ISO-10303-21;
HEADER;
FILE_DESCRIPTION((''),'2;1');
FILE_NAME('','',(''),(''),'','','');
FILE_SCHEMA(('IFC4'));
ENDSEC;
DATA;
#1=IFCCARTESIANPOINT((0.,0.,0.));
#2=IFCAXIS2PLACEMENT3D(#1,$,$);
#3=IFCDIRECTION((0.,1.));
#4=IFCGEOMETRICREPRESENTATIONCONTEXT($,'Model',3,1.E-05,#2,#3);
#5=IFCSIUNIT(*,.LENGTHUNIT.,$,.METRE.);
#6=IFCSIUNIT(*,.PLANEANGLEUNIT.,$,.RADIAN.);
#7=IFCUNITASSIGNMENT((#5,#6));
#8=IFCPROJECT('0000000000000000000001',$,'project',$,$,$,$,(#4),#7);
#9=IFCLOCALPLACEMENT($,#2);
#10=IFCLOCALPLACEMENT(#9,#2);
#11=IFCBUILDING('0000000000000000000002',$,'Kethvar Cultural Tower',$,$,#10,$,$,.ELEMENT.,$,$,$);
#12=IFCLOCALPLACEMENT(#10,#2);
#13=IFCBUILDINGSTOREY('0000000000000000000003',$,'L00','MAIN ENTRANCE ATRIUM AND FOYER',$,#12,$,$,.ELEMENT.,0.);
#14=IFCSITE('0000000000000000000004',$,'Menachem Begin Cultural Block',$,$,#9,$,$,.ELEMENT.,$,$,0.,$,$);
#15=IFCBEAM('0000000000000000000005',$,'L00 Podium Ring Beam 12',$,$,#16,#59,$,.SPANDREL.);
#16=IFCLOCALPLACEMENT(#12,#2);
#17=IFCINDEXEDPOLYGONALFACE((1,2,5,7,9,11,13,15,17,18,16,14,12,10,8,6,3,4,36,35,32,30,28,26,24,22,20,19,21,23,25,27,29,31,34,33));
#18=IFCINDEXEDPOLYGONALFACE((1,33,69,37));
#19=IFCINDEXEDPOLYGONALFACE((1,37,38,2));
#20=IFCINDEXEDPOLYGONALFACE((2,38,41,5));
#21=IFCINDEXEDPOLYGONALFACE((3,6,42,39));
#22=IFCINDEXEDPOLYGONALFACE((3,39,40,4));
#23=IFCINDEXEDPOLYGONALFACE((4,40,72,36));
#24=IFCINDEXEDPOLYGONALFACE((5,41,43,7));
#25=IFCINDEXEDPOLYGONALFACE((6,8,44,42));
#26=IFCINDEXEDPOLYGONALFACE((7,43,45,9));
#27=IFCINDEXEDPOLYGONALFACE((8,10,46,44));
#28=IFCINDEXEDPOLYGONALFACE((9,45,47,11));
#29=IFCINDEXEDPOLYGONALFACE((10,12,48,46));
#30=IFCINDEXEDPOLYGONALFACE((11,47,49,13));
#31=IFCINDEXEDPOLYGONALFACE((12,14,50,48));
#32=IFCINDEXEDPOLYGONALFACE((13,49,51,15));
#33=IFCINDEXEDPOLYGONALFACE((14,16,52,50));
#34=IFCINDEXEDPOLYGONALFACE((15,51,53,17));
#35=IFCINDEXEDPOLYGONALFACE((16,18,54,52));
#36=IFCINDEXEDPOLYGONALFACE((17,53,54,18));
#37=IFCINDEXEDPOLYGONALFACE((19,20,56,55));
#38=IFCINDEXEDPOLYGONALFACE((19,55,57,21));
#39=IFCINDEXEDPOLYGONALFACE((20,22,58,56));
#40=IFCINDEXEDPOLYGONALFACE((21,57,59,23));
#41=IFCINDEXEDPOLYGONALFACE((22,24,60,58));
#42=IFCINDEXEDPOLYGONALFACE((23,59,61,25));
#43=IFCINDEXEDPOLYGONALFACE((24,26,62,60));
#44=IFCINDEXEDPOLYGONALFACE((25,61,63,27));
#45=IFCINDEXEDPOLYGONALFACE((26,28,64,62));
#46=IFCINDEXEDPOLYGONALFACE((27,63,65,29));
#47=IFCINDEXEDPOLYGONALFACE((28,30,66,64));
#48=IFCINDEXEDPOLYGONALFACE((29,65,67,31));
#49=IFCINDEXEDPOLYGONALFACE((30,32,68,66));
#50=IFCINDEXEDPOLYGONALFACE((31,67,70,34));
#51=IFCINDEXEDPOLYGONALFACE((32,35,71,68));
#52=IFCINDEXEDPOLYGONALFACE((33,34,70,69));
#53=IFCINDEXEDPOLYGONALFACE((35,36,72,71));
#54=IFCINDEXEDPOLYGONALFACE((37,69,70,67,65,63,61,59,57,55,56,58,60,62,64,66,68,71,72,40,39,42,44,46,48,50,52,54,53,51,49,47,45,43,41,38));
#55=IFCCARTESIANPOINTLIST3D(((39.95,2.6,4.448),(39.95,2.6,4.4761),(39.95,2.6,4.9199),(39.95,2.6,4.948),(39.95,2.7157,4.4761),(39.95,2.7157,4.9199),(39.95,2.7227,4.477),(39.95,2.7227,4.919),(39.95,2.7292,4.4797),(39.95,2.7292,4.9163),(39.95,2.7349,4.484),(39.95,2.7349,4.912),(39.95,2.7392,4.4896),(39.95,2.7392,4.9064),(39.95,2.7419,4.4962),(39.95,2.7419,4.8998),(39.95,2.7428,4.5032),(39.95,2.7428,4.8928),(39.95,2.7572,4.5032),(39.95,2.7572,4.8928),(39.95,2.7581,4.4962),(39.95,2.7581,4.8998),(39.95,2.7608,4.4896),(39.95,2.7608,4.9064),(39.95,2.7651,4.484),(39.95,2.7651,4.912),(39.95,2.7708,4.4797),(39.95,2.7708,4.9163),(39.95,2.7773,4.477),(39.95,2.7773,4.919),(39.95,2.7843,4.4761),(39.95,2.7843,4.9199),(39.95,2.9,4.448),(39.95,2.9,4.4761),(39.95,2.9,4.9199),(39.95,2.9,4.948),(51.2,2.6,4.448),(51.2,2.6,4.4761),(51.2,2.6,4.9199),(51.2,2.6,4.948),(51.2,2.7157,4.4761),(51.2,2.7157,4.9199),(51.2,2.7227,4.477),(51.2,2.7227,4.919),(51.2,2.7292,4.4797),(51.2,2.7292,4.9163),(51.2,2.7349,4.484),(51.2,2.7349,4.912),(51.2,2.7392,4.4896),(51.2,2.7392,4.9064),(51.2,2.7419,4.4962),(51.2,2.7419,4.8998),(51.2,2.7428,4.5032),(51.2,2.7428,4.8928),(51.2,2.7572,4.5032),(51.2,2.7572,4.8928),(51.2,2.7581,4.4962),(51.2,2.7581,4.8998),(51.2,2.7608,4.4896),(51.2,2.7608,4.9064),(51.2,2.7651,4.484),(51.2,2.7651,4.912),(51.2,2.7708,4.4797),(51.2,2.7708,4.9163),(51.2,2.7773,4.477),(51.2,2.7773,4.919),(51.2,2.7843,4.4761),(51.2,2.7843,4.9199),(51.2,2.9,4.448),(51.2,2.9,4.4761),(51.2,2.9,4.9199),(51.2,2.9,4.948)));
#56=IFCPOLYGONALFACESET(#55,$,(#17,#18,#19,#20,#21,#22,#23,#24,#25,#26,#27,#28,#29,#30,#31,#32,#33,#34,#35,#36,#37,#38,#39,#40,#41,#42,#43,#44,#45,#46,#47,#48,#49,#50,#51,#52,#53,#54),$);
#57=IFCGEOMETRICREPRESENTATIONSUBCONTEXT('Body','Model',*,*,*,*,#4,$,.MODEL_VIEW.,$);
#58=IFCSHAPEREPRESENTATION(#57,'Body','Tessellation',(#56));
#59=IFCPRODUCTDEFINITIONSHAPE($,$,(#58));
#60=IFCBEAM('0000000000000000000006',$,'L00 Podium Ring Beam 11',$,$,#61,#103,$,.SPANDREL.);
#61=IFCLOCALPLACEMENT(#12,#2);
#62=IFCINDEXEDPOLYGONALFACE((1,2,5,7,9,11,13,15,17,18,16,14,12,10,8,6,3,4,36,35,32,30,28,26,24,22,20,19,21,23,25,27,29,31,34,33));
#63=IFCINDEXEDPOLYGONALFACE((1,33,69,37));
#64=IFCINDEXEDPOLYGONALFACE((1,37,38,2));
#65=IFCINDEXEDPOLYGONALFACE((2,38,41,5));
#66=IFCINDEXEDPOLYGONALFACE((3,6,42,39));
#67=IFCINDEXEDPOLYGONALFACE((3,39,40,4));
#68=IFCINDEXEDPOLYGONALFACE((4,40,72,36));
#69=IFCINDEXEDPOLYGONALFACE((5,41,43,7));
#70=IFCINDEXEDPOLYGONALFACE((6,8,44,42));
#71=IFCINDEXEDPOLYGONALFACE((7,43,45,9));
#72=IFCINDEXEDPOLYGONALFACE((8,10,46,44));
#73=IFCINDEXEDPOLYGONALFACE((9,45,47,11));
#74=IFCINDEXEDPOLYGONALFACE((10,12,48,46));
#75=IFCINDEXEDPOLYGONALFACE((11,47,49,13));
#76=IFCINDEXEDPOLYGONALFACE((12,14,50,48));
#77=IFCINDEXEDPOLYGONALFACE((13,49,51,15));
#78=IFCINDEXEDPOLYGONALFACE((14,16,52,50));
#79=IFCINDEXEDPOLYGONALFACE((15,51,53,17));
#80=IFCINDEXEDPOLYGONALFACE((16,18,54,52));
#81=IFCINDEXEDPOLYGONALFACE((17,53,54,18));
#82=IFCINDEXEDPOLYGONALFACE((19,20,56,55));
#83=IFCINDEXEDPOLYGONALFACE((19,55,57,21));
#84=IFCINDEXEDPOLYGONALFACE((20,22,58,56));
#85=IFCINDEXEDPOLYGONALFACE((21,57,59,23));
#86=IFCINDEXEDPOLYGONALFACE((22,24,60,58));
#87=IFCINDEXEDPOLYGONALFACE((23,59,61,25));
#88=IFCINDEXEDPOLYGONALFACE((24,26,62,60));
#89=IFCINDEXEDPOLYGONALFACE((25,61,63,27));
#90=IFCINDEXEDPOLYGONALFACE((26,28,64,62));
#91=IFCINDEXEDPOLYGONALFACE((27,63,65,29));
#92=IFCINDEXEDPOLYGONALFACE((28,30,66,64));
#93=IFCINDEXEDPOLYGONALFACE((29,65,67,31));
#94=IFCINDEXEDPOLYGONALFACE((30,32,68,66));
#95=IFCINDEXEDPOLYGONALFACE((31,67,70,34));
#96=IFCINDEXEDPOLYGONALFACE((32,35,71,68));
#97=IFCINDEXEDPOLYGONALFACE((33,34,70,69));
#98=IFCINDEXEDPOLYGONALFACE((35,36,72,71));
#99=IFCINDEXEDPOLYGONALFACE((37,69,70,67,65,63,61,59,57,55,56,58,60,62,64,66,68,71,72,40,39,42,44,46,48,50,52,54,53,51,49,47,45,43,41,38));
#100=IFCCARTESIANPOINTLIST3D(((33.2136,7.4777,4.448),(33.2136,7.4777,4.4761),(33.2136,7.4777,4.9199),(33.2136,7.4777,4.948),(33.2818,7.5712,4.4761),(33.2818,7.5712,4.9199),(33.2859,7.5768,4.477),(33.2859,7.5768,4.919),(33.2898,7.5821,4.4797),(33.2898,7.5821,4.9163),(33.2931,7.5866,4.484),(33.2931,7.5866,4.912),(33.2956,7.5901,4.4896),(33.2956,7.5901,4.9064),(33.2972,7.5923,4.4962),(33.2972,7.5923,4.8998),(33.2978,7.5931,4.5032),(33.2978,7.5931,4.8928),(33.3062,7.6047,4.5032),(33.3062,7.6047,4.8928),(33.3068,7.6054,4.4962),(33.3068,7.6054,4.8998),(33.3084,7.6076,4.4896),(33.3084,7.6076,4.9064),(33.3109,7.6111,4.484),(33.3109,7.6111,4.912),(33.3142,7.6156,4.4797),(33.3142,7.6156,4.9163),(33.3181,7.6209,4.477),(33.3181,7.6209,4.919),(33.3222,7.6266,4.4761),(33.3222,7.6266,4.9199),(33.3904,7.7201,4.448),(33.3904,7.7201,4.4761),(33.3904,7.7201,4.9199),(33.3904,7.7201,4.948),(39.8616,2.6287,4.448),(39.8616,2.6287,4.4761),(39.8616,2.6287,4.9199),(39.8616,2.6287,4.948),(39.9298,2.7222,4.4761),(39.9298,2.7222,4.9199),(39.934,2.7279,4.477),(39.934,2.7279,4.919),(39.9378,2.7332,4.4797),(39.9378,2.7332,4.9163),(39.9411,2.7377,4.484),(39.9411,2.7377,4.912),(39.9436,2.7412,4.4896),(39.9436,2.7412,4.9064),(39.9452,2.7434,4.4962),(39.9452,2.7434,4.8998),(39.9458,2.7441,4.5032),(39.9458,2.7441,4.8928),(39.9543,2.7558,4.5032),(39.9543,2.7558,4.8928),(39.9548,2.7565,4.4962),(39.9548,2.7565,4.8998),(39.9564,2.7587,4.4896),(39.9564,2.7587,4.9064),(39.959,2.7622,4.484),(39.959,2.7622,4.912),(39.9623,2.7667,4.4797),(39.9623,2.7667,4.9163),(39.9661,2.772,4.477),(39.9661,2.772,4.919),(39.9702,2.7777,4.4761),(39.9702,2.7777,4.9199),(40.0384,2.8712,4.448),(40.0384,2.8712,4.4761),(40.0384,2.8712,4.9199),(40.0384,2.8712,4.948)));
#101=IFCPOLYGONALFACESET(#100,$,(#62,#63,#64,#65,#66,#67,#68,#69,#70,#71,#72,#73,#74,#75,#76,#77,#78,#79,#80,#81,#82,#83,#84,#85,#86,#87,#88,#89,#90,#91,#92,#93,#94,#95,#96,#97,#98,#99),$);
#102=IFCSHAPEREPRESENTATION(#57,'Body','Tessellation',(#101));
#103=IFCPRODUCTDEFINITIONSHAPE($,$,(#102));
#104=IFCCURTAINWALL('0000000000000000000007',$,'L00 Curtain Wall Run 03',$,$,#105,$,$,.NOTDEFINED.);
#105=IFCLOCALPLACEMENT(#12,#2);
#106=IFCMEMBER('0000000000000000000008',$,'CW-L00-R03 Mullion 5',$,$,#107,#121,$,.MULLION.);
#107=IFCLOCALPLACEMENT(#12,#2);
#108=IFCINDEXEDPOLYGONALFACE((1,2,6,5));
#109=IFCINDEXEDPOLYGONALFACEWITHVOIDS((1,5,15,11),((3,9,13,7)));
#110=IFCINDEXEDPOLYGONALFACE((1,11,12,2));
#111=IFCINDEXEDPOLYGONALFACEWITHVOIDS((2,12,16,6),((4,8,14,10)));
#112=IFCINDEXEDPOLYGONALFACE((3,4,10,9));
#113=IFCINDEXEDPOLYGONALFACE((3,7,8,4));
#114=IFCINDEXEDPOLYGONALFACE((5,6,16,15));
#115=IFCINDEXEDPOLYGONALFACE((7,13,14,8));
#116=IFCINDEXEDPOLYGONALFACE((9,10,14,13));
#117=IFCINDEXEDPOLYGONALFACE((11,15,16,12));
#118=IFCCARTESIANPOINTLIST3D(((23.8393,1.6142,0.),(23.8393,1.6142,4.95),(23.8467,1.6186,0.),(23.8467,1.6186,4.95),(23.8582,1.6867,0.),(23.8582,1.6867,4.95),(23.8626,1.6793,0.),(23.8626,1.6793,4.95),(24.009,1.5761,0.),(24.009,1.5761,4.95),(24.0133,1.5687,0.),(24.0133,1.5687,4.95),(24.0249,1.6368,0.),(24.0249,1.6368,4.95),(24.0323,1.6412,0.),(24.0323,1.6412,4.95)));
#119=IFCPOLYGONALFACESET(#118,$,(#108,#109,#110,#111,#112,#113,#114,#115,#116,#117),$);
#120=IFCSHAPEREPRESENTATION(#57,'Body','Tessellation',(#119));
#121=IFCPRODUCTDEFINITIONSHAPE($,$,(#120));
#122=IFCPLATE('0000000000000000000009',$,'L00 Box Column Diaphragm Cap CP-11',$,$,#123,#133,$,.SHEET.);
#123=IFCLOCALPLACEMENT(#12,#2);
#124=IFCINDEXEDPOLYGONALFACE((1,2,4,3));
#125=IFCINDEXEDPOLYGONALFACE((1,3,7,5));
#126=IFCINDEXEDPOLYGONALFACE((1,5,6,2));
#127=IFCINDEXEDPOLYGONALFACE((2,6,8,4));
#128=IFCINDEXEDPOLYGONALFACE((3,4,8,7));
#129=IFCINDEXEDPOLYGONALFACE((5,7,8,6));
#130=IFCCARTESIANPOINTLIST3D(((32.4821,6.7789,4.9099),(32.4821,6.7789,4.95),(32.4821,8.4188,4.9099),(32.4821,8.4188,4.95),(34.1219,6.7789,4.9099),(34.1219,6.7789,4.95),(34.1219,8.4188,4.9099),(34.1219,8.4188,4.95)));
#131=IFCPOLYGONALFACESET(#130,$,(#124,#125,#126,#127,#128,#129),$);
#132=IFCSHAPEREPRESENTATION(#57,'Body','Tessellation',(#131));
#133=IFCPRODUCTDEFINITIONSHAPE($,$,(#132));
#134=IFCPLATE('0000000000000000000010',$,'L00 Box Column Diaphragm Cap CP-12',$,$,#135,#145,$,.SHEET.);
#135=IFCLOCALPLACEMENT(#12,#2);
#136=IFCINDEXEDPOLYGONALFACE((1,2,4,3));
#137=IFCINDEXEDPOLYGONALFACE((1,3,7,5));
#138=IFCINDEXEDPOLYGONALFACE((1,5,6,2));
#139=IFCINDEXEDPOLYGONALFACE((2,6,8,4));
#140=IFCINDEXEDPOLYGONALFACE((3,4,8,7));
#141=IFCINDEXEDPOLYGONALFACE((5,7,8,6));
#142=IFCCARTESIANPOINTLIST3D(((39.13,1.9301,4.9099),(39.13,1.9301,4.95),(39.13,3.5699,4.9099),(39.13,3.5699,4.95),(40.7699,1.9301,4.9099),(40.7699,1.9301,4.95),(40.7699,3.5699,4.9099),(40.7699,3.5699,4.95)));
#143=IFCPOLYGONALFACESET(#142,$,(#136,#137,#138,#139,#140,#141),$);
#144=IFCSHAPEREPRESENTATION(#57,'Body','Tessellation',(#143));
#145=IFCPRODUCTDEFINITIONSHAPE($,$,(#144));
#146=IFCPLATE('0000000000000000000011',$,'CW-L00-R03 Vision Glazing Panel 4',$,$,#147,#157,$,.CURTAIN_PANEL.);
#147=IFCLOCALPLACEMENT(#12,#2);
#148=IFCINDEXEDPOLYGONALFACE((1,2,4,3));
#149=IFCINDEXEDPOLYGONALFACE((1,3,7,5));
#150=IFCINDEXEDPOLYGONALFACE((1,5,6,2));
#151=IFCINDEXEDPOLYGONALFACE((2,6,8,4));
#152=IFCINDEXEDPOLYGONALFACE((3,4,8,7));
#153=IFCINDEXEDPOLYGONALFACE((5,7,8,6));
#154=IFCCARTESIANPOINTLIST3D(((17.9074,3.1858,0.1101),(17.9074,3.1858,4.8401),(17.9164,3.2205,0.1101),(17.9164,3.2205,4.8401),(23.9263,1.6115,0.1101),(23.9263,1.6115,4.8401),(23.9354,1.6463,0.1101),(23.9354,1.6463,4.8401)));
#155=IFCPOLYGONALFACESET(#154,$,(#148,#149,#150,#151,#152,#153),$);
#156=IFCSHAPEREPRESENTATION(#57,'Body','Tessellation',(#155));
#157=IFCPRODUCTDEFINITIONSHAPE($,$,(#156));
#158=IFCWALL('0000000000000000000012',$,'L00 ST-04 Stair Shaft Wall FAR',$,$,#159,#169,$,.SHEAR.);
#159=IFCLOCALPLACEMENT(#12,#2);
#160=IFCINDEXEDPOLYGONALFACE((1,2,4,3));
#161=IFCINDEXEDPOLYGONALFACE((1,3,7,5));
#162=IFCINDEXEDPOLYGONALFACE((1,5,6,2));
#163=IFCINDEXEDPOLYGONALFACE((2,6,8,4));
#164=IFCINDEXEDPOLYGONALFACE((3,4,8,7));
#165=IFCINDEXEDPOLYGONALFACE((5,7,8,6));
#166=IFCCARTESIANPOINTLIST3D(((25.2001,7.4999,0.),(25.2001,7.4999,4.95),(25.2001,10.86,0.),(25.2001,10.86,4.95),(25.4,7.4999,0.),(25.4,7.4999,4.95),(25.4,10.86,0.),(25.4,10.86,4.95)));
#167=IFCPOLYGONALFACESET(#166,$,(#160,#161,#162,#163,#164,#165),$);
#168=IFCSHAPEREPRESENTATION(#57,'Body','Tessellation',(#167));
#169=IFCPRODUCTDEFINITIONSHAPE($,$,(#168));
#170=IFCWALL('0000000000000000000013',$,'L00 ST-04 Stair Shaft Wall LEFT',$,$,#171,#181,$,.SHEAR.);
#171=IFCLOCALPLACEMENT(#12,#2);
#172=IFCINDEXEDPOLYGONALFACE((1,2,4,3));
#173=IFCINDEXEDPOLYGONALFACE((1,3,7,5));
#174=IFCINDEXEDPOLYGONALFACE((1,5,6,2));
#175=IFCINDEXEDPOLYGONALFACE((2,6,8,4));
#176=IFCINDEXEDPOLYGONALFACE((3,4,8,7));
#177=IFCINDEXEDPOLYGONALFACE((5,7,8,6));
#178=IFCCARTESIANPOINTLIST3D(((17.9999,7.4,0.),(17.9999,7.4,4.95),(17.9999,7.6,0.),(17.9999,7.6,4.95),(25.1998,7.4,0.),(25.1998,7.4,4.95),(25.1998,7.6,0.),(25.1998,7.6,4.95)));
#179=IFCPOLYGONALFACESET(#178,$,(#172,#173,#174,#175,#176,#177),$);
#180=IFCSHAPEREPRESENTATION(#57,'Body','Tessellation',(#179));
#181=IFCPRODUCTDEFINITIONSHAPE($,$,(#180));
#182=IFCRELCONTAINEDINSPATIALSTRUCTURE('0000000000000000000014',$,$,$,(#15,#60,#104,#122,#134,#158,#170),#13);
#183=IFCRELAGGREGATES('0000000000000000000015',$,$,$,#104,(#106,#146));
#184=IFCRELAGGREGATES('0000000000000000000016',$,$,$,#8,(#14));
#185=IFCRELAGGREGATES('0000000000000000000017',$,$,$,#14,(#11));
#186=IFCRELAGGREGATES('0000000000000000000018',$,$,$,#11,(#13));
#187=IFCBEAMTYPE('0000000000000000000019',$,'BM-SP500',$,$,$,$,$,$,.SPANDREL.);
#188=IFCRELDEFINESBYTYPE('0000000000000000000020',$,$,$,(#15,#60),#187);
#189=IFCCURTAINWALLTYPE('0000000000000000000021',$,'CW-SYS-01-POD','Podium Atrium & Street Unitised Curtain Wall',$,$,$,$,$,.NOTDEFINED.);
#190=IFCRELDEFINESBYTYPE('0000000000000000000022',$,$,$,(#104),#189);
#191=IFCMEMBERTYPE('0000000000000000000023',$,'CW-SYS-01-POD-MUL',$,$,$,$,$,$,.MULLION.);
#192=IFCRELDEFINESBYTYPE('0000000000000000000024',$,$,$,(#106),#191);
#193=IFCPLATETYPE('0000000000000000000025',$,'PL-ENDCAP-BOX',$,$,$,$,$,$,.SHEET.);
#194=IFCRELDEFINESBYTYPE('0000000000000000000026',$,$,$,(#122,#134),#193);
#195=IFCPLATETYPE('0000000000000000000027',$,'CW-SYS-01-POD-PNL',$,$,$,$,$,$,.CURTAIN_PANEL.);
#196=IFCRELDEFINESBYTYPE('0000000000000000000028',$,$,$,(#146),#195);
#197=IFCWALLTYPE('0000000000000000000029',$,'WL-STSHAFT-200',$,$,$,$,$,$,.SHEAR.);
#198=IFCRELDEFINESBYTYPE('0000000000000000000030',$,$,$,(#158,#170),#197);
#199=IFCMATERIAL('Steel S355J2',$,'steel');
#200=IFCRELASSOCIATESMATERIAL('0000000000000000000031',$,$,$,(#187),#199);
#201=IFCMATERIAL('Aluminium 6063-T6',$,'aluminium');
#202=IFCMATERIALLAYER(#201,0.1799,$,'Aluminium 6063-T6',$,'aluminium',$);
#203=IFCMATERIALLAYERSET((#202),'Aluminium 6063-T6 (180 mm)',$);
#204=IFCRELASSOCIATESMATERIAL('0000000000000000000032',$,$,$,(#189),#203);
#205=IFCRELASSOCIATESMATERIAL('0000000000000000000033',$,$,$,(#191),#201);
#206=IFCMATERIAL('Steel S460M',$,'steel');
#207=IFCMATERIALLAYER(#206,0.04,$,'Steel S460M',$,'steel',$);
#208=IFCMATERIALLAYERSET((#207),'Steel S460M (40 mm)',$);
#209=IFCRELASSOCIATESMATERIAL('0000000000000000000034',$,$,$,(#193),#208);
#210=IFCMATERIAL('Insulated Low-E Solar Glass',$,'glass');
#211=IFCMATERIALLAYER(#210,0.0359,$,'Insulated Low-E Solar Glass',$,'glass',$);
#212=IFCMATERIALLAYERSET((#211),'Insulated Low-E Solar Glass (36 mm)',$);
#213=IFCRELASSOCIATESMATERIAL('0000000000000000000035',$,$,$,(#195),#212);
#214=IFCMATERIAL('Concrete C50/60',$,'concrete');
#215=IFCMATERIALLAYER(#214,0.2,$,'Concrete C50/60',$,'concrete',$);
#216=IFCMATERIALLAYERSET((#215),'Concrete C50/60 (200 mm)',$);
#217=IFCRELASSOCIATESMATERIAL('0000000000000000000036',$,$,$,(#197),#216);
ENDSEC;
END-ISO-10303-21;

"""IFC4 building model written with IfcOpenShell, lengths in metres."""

from ifc_helpers import new_model, si_unit, direction, frame, frame_2d, origin, origin_2d, place, context, subcontext, project, spatial, rectangle, hollow_rectangle, i_section, extrude, source, transform, mapped, material, layer, layer_set, material_profile, profile_set, type_object, element, aggregate, save


model = new_model("IFC4")

# Units and contexts
model_context = context("Model", 3, precision=1e-05, world=origin(), true_north=direction((0.0, 1.0)))
body_context = subcontext(model_context, "Body", "Model", "MODEL_VIEW")
ifc_project = project(units=[si_unit("LENGTHUNIT", "METRE"), si_unit("PLANEANGLEUNIT", "RADIAN")], contexts=[model_context])

# Site, building, storey
site_placement = place(None, origin())
site = spatial("IfcSite", under=ifc_project, at=site_placement, Name="Menachem Begin Cultural Block", CompositionType="ELEMENT", RefElevation=0.0)
building_placement = place(site_placement, origin())
building = spatial("IfcBuilding", under=site, at=building_placement, Name="Kethvar Cultural Tower", CompositionType="ELEMENT")
storey_placement = place(building_placement, origin())
storey = spatial("IfcBuildingStorey", under=building, at=storey_placement, Name="L00", Description="MAIN ENTRANCE ATRIUM AND FOYER", CompositionType="ELEMENT", Elevation=0.0)

# Shared definitions
ifc_material_1 = material(Name="Steel S460M", Category="steel")

# Beams
ifc_material_2 = material(Name="Steel S355J2", Category="steel")
ifc_material_profile_1 = material_profile(ifc_material_2, i_section(OverallWidth=0.3, OverallDepth=0.5, WebThickness=0.0144, FlangeThickness=0.0281, FilletRadius=0.0271, at=origin_2d()), Name="Steel S355J2 — HEB500")
ifc_profile_set_1 = profile_set([ifc_material_profile_1], Name="Steel S355J2 — HEB500")
beam_type = type_object("IfcBeamType", Name="BM-SP500", PredefinedType="SPANDREL", material=ifc_profile_set_1)
shared_shape_1 = source(origin(), body_context, "Body", "SweptSolid", [
    extrude(i_section(OverallWidth=0.3, OverallDepth=0.5, WebThickness=0.0144, FlangeThickness=0.0281, FilletRadius=0.0271, at=origin_2d()), origin(), (0.0, 0.0, 1.0), 11.25),
])
beam_1_placement = place(storey_placement, frame((39.95, 2.75, 4.698), z_axis=(1.0, 0.0, 0.0), x_axis=(0.0, 1.0, 0.0)))
element("IfcBeam", 1, at=beam_1_placement, inside=storey, type_object=beam_type, Name="L00 Podium Ring Beam 12", PredefinedType="SPANDREL", context=body_context, shape_type="MappedRepresentation", body=[
    mapped(shared_shape_1, transform((0.0, 0.0, 0.0), scale=1.0)),
])
shared_shape_2 = source(origin(), body_context, "Body", "SweptSolid", [
    extrude(i_section(OverallWidth=0.3, OverallDepth=0.5, WebThickness=0.0144, FlangeThickness=0.0281, FilletRadius=0.0271, at=origin_2d()), origin(), (0.0, 0.0, 1.0), 8.2285),
])
beam_2_placement = place(storey_placement, frame((33.302, 7.5989, 4.698), z_axis=(0.807926, -0.589284, 0.0), x_axis=(0.589284, 0.807926, 0.0)))
element("IfcBeam", 2, at=beam_2_placement, inside=storey, type_object=beam_type, Name="L00 Podium Ring Beam 11", PredefinedType="SPANDREL", context=body_context, shape_type="MappedRepresentation", body=[
    mapped(shared_shape_2, transform((0.0, 0.0, 0.0), scale=1.0)),
])

# Curtain wall, member
ifc_material_3 = material(Name="Aluminium 6063-T6", Category="aluminium")
ifc_layer_1 = layer(ifc_material_3, 0.1799, Name="Aluminium 6063-T6", Category="aluminium")
ifc_layer_set_1 = layer_set([ifc_layer_1], Name="Aluminium 6063-T6 (180 mm)")
curtain_wall_type = type_object("IfcCurtainWallType", Name="CW-SYS-01-POD", Description="Podium Atrium & Street Unitised Curtain Wall", PredefinedType="NOTDEFINED", material=ifc_layer_set_1)
curtain_wall_placement = place(storey_placement, origin())
curtain_wall = element("IfcCurtainWall", 3, at=curtain_wall_placement, inside=storey, type_object=curtain_wall_type, Name="L00 Curtain Wall Run 03", PredefinedType="NOTDEFINED")
ifc_material_profile_2 = material_profile(ifc_material_3, hollow_rectangle(XDim=0.075, YDim=0.1799, WallThickness=0.0061, at=origin_2d()), Name="Aluminium 6063-T6 — RHS180x75x6")
ifc_profile_set_2 = profile_set([ifc_material_profile_2], Name="Aluminium 6063-T6 — RHS180x75x6")
member_type = type_object("IfcMemberType", Name="CW-SYS-01-POD-MUL", PredefinedType="MULLION", material=ifc_profile_set_2)
shared_shape_3 = source(origin(), body_context, "Body", "SweptSolid", [
    extrude(hollow_rectangle(XDim=0.075, YDim=0.1799, WallThickness=0.0061, at=origin_2d()), origin(), (0.0, 0.0, 1.0), 4.95),
])
member_placement = place(storey_placement, frame((23.9358, 1.6277, 0.0), z_axis=(0.0, 0.0, 1.0), x_axis=(0.253032, 0.967458, 0.0)))
member = element("IfcMember", 4, at=member_placement, type_object=member_type, Name="CW-L00-R03 Mullion 5", PredefinedType="MULLION", context=body_context, shape_type="MappedRepresentation", body=[
    mapped(shared_shape_3, transform((0.0, 0.0, 0.0), scale=1.0)),
])

# Plates
ifc_layer_2 = layer(ifc_material_1, 0.04, Name="Steel S460M", Category="steel")
ifc_layer_set_2 = layer_set([ifc_layer_2], Name="Steel S460M (40 mm)")
plate_type_1 = type_object("IfcPlateType", Name="PL-ENDCAP-BOX", PredefinedType="SHEET", material=ifc_layer_set_2)
shared_shape_4 = source(origin(), body_context, "Body", "SweptSolid", [
    extrude(rectangle(XDim=1.6399, YDim=1.6399, at=origin_2d()), origin(), (0.0, 0.0, 1.0), 0.04),
])
for number, where, z_axis, x_axis, name in (
    (5, (33.302, 7.5989, 4.9099), (0.0, 0.0, 1.0), (1.0, 0.0, 0.0), "L00 Box Column Diaphragm Cap CP-11"),
    (6, (39.95, 2.75, 4.9099), (0.0, 0.0, 1.0), (1.0, 0.0, 0.0), "L00 Box Column Diaphragm Cap CP-12"),
):
    element("IfcPlate", number, at=place(storey_placement, frame(where, z_axis=z_axis, x_axis=x_axis)), inside=storey, type_object=plate_type_1, Name=name, PredefinedType="SHEET", context=body_context, shape_type="MappedRepresentation", body=[
        mapped(shared_shape_4, transform((0.0, 0.0, 0.0), scale=1.0)),
    ])

# Plate
ifc_material_4 = material(Name="Insulated Low-E Solar Glass", Category="glass")
ifc_layer_3 = layer(ifc_material_4, 0.0359, Name="Insulated Low-E Solar Glass", Category="glass")
ifc_layer_set_3 = layer_set([ifc_layer_3], Name="Insulated Low-E Solar Glass (36 mm)")
plate_type_2 = type_object("IfcPlateType", Name="CW-SYS-01-POD-PNL", PredefinedType="CURTAIN_PANEL", material=ifc_layer_set_3)
shared_shape_5 = source(origin(), body_context, "Body", "SweptSolid", [
    extrude(rectangle(XDim=6.2214, YDim=0.0359, at=origin_2d()), origin(), (0.0, 0.0, 1.0), 4.73),
])
plate_placement = place(storey_placement, frame((20.9214, 2.416, 0.1101), z_axis=(0.0, 0.0, 1.0), x_axis=(0.967458, -0.253032, 0.0)))
plate = element("IfcPlate", 7, at=plate_placement, type_object=plate_type_2, Name="CW-L00-R03 Vision Glazing Panel 4", PredefinedType="CURTAIN_PANEL", context=body_context, shape_type="MappedRepresentation", body=[
    mapped(shared_shape_5, transform((0.0, 0.0, 0.0), scale=1.0)),
])
aggregate(curtain_wall, [member, plate])

# Walls
ifc_material_5 = material(Name="Concrete C50/60", Category="concrete")
ifc_layer_4 = layer(ifc_material_5, 0.2, Name="Concrete C50/60", Category="concrete")
ifc_layer_set_4 = layer_set([ifc_layer_4], Name="Concrete C50/60 (200 mm)")
wall_type_1 = type_object("IfcWallType", Name="WL-STSHAFT-200", PredefinedType="SHEAR", material=ifc_layer_set_4)
wall_1_placement = place(storey_placement, frame((25.3, 10.8601, 0.0), z_axis=(0.0, 0.0, 1.0), x_axis=(0.0, -1.0, 0.0)))
element("IfcWall", 8, at=wall_1_placement, inside=storey, type_object=wall_type_1, Name="L00 ST-04 Stair Shaft Wall FAR", PredefinedType="SHEAR", context=body_context, shape_type="SweptSolid", body=[
    extrude(rectangle(XDim=3.3601, YDim=0.2, at=frame_2d((1.6802, 0.0))), origin(), (0.0, 0.0, 1.0), 4.95),
])
for number, where, z_axis, x_axis, name in (
    (9, (25.2, 7.5, 0.0), (0.0, 0.0, 1.0), (-1.0, 0.0, 0.0), "L00 ST-04 Stair Shaft Wall LEFT"),
):
    element("IfcWall", number, at=place(storey_placement, frame(where, z_axis=z_axis, x_axis=x_axis)), inside=storey, type_object=wall_type_1, Name=name, PredefinedType="SHEAR", context=body_context, shape_type="SweptSolid", body=[
        extrude(rectangle(XDim=7.2, YDim=0.2, at=frame_2d((3.6001, 0.0))), origin(), (0.0, 0.0, 1.0), 4.95),
    ])

save(model, "model.ifc")
